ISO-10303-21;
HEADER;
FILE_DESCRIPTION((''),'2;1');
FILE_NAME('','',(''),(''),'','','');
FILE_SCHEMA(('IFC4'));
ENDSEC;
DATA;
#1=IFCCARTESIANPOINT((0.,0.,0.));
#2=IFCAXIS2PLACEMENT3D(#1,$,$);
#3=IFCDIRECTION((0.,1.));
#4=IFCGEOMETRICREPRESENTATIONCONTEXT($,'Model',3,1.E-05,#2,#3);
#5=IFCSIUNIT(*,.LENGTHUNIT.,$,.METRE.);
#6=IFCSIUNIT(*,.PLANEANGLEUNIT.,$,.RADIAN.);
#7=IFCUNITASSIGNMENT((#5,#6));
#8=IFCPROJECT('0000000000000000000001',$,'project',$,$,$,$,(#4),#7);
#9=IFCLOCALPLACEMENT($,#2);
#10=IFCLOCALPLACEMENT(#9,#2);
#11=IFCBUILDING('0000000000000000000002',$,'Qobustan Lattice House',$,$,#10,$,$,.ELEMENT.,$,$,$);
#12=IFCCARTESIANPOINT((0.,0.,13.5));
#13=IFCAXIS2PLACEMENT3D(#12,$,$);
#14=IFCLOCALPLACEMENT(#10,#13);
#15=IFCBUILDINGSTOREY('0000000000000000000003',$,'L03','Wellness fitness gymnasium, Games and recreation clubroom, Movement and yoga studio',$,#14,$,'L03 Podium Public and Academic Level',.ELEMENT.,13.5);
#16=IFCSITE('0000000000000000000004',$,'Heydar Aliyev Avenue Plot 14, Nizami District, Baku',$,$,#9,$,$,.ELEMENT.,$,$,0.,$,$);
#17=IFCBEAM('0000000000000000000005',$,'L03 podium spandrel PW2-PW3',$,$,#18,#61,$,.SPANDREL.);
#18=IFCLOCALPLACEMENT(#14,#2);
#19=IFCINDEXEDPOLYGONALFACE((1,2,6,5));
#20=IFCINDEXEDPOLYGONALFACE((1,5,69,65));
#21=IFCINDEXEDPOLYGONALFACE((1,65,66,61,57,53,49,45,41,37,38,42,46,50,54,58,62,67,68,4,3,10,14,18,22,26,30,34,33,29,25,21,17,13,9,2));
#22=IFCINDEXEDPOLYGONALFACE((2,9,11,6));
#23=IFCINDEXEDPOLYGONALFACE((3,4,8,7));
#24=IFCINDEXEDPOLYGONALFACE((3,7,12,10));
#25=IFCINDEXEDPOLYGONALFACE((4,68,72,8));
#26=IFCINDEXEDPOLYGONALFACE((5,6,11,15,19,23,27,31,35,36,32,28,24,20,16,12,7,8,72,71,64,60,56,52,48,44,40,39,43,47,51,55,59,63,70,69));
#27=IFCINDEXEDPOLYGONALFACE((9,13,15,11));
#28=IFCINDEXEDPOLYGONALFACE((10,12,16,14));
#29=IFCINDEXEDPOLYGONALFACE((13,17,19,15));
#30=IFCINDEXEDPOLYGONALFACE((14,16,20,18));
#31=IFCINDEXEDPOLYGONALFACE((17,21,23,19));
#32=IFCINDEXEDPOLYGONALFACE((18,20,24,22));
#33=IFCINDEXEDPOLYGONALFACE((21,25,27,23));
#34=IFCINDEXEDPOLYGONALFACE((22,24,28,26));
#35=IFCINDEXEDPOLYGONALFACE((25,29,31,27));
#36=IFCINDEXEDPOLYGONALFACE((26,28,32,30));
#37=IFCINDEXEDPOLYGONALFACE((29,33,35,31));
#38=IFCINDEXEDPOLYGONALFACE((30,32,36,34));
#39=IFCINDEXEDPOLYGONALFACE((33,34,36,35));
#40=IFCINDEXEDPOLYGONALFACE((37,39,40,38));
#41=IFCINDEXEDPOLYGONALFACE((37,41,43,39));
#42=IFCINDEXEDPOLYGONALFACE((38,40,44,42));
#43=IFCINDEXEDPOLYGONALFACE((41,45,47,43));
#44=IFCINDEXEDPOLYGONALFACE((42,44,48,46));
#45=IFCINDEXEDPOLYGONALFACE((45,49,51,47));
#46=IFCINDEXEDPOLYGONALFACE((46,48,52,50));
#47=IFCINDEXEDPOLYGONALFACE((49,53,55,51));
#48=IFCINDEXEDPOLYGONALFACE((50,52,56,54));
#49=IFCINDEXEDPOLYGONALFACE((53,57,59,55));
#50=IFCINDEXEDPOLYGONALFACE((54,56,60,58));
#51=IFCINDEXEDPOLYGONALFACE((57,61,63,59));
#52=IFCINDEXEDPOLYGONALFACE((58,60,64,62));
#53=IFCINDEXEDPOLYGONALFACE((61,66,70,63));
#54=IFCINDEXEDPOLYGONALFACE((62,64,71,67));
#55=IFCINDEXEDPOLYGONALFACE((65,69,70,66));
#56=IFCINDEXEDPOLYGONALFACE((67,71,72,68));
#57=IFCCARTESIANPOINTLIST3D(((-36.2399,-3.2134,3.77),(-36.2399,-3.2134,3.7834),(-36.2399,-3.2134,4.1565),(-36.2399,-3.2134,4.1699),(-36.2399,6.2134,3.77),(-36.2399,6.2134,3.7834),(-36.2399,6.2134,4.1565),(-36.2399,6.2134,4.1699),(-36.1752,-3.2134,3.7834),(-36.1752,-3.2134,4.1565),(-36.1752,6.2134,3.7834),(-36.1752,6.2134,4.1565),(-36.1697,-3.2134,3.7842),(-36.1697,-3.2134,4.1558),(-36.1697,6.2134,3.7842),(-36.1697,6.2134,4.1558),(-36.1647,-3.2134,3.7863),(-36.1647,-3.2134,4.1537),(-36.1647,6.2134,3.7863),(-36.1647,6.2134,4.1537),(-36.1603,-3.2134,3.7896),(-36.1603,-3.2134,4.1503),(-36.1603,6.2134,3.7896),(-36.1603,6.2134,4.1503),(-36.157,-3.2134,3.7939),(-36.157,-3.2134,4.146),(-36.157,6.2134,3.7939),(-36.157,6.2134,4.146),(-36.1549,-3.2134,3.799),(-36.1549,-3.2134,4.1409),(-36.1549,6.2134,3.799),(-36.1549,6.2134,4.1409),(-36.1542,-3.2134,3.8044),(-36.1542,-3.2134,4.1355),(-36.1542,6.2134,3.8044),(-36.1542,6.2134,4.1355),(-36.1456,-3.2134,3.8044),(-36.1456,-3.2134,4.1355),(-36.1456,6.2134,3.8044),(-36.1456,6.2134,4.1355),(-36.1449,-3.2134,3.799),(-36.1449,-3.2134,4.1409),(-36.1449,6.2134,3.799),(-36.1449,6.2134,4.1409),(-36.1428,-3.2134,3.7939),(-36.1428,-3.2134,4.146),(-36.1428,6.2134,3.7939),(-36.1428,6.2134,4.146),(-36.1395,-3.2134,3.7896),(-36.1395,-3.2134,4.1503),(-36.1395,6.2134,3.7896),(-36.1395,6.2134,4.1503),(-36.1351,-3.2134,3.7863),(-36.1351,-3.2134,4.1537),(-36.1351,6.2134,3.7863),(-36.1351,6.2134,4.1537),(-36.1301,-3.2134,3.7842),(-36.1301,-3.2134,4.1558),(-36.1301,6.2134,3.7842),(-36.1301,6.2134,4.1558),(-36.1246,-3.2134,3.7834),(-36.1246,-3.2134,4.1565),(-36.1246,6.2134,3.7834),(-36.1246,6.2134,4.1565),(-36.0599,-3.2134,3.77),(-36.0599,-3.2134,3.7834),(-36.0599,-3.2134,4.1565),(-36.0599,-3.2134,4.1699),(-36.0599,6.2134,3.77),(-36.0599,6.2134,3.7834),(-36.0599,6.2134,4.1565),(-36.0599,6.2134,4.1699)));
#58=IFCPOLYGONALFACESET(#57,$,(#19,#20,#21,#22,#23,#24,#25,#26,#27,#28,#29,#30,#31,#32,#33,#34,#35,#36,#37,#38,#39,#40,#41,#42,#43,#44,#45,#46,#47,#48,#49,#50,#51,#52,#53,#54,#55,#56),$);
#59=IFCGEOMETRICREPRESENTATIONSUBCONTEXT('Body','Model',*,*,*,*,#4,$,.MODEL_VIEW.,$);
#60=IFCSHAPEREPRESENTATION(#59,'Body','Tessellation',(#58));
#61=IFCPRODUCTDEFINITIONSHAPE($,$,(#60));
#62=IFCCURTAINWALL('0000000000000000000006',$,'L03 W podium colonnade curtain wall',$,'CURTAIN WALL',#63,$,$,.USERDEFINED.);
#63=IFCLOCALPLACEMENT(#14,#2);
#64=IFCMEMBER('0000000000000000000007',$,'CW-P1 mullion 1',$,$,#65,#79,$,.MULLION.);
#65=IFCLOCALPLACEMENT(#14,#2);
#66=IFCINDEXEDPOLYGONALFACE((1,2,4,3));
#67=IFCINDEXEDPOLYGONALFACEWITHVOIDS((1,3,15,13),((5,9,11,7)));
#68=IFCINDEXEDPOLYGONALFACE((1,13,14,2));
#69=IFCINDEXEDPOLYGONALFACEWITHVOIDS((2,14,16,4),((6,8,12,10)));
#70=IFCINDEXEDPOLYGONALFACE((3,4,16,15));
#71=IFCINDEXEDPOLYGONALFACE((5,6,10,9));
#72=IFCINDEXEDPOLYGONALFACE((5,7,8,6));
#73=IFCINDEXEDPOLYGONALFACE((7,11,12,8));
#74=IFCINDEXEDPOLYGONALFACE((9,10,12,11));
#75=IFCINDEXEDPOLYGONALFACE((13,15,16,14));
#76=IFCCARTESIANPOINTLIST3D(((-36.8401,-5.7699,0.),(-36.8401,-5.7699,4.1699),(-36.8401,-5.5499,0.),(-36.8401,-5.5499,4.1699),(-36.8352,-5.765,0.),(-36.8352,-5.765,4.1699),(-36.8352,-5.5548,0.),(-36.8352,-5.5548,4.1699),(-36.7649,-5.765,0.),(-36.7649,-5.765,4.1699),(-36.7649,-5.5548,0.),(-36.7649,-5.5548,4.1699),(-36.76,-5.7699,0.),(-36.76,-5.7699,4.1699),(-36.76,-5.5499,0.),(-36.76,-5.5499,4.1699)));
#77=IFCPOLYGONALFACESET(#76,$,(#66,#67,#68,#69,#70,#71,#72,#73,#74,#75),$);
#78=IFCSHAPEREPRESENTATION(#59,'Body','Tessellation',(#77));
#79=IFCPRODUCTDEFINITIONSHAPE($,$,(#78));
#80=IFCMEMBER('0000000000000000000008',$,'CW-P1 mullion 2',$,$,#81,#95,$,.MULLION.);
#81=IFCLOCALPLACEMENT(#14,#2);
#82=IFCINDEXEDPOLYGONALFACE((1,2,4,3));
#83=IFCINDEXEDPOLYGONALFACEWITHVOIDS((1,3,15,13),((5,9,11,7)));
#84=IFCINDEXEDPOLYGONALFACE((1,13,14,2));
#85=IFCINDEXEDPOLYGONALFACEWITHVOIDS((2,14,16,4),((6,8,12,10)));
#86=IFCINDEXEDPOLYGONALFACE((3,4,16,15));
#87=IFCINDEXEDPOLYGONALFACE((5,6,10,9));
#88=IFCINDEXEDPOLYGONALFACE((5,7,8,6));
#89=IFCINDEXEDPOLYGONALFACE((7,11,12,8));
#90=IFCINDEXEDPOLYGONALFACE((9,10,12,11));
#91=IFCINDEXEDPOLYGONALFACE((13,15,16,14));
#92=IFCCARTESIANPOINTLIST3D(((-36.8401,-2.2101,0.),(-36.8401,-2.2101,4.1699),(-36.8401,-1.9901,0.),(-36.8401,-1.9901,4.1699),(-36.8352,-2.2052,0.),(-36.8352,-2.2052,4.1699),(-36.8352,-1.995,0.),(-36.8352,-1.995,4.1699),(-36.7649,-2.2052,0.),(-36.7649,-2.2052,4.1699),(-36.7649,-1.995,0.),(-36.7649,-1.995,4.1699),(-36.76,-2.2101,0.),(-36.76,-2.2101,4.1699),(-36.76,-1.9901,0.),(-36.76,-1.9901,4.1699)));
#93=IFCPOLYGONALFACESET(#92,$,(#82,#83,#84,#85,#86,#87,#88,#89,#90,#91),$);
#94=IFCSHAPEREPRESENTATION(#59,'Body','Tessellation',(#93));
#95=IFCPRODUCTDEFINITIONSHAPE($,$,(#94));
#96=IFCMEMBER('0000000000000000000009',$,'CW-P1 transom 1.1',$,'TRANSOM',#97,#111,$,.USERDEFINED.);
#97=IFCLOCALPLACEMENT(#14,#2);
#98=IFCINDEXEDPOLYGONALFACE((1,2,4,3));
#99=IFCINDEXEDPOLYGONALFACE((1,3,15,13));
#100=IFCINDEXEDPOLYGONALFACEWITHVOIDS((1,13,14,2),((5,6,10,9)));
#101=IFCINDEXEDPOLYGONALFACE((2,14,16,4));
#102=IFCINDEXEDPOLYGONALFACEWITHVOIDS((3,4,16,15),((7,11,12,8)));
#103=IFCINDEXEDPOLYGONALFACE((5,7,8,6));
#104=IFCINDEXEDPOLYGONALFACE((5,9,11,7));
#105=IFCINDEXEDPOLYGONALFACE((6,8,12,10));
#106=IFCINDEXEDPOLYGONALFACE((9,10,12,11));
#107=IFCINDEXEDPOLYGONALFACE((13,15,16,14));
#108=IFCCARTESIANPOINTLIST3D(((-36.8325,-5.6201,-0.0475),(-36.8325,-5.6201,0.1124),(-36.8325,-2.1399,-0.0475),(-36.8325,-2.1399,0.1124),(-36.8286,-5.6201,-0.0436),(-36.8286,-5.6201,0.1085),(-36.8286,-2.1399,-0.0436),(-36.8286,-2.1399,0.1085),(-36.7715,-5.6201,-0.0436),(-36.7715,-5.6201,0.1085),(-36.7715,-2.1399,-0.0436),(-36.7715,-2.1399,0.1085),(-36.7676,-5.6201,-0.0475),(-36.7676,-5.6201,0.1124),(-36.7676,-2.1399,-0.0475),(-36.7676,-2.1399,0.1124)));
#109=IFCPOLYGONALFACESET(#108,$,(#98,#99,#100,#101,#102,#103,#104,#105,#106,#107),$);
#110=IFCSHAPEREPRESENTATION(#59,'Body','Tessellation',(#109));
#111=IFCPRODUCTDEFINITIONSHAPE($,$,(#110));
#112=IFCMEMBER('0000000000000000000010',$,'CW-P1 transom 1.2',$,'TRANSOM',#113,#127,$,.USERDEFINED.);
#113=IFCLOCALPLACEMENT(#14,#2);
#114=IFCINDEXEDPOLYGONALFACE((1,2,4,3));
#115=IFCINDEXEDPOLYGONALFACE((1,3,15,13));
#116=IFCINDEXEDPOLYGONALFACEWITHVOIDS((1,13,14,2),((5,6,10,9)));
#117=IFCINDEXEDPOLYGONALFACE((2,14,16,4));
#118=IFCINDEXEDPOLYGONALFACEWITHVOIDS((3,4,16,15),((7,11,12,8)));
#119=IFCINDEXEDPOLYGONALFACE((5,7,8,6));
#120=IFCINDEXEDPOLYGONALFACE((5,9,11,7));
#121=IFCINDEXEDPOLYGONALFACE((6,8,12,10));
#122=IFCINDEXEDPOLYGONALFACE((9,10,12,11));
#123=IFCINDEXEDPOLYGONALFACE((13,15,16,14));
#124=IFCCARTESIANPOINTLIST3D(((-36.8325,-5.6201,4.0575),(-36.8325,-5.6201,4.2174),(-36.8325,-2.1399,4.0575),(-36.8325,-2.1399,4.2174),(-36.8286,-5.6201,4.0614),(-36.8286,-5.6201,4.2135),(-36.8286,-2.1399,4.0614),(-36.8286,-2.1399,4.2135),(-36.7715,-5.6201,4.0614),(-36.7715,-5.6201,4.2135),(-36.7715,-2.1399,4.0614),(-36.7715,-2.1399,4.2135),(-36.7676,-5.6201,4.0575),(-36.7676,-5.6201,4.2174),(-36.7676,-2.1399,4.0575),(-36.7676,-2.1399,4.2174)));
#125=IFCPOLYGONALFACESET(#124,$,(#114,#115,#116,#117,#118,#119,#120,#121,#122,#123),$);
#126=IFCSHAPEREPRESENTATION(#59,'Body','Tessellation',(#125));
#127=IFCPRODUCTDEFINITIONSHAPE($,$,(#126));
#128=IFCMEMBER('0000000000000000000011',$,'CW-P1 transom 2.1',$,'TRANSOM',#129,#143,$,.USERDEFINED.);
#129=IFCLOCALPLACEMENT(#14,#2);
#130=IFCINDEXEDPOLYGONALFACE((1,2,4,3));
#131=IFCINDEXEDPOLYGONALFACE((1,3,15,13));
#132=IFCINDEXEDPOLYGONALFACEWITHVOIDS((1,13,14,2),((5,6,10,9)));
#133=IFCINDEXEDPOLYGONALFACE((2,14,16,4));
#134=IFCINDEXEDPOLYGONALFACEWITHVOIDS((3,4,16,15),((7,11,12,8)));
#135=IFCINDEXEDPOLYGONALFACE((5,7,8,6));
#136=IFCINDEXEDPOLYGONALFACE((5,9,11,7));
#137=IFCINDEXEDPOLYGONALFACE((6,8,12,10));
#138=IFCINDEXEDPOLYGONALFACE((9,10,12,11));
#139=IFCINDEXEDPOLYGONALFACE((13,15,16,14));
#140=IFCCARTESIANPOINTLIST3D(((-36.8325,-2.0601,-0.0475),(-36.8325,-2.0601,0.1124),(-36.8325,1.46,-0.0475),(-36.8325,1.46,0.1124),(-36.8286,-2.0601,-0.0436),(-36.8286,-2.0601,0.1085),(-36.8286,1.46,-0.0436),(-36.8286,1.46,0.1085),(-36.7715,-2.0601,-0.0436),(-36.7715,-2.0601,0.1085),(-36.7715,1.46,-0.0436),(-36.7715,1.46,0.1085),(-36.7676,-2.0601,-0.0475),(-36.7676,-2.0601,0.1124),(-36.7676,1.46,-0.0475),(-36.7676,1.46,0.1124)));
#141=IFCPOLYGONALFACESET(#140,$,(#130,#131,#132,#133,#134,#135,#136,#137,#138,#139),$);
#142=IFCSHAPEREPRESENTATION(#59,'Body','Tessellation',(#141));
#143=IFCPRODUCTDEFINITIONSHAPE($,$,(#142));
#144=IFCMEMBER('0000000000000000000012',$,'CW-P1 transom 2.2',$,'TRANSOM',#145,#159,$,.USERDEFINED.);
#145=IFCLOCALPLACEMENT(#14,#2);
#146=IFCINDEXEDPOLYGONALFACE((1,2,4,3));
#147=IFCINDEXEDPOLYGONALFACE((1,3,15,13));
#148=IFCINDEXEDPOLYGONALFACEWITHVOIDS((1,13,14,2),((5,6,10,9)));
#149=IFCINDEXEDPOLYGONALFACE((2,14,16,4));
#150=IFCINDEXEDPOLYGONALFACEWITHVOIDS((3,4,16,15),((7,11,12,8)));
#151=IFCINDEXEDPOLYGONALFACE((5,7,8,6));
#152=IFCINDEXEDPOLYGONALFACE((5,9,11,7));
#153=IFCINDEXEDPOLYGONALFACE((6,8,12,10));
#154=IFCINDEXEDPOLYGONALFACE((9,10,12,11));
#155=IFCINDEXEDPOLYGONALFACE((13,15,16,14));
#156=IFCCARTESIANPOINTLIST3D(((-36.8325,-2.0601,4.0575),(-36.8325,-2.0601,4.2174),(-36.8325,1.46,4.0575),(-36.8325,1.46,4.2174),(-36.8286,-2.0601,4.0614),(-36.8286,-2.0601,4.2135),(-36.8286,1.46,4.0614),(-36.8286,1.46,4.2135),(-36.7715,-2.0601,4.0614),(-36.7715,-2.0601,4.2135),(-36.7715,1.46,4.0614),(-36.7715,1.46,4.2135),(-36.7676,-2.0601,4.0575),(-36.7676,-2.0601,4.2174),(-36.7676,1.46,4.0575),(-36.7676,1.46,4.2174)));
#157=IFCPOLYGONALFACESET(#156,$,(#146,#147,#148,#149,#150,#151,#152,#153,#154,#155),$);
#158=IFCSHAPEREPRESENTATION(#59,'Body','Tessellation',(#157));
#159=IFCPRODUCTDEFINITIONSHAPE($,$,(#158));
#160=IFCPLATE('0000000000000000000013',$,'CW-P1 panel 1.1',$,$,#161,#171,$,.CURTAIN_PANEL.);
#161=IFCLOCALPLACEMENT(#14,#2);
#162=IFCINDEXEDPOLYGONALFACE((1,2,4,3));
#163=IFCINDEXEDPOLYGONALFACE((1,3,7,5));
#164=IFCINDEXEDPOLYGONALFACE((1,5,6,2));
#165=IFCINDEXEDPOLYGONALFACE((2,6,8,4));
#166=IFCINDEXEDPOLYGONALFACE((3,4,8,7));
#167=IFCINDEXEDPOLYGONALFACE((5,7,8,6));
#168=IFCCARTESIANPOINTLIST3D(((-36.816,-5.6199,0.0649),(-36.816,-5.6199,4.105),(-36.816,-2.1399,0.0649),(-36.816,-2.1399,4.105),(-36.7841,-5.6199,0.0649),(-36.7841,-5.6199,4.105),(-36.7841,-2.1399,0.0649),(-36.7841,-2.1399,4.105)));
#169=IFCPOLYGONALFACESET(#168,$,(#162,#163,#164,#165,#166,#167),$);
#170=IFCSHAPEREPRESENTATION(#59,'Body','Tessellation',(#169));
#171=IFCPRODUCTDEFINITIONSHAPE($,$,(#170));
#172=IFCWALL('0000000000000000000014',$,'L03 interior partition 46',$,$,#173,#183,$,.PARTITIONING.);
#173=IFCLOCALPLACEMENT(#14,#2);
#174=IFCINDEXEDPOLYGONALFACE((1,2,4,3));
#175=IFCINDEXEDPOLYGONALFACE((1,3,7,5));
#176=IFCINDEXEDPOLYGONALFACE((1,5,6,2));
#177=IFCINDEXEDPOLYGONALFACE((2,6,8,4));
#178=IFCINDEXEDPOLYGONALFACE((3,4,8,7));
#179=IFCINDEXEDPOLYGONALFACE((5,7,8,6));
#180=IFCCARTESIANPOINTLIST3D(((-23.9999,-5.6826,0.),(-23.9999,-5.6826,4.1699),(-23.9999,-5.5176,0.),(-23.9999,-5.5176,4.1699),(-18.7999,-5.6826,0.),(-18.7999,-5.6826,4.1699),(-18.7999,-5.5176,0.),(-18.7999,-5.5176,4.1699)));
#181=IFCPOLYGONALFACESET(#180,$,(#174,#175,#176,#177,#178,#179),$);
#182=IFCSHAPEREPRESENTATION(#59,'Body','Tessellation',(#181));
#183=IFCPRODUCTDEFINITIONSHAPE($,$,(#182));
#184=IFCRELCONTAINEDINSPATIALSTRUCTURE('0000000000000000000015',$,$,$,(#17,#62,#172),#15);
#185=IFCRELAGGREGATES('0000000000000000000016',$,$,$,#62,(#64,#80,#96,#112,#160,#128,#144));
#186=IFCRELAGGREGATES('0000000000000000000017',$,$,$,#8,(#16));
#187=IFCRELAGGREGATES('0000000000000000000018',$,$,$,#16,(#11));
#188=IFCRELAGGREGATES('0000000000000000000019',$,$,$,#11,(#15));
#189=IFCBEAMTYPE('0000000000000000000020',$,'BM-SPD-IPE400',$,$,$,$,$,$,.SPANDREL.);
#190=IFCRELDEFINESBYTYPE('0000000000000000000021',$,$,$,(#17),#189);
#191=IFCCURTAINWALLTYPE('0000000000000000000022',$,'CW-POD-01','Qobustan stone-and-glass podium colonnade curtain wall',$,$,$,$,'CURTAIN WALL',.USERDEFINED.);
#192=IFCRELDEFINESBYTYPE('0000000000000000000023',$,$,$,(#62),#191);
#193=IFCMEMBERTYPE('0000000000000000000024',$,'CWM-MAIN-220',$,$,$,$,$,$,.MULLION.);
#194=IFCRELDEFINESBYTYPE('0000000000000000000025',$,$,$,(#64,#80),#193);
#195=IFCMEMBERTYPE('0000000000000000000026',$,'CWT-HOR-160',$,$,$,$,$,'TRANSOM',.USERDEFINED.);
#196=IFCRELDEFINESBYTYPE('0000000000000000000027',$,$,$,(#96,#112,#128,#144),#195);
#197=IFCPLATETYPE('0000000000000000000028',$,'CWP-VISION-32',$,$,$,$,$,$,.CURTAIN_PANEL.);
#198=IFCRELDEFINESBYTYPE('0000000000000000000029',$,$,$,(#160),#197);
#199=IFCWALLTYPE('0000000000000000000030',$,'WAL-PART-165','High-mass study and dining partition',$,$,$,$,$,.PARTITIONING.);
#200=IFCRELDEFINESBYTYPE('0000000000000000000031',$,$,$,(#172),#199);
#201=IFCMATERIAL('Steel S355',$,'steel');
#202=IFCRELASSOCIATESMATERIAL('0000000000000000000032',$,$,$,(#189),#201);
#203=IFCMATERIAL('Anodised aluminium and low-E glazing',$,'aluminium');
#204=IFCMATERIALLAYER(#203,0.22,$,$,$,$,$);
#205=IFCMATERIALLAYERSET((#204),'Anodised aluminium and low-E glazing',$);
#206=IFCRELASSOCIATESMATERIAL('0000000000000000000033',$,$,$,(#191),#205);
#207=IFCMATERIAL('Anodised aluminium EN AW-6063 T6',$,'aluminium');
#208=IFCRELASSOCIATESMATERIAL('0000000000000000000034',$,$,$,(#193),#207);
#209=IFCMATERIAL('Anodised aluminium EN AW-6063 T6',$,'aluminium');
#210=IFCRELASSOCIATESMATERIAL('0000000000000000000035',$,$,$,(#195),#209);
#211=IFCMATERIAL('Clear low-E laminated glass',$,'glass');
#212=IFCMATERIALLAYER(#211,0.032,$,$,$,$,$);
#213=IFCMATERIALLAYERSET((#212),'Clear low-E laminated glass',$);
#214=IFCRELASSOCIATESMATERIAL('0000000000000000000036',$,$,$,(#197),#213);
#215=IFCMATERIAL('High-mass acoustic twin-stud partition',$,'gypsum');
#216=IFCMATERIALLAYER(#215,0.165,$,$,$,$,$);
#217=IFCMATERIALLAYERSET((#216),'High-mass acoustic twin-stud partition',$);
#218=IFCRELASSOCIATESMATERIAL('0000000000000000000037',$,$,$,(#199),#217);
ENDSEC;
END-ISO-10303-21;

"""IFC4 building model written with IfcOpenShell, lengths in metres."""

from ifc_helpers import new_model, si_unit, direction, frame, frame_2d, origin, origin_2d, place, context, subcontext, project, spatial, rectangle, hollow_rectangle, i_section, extrude, material, layer, layer_set, material_profile, profile_set, type_object, element, aggregate, save


model = new_model("IFC4")

# Units and contexts
model_context = context("Model", 3, precision=1e-05, world=origin(), true_north=direction((0.0, 1.0)))
body_context = subcontext(model_context, "Body", "Model", "MODEL_VIEW")
ifc_project = project(units=[si_unit("LENGTHUNIT", "METRE"), si_unit("PLANEANGLEUNIT", "RADIAN")], contexts=[model_context])

# Site, building, storey
site_placement = place(None, origin())
site = spatial("IfcSite", under=ifc_project, at=site_placement, Name="Heydar Aliyev Avenue Plot 14, Nizami District, Baku", CompositionType="ELEMENT", RefElevation=0.0)
building_placement = place(site_placement, origin())
building = spatial("IfcBuilding", under=site, at=building_placement, Name="Qobustan Lattice House", CompositionType="ELEMENT")
storey_placement = place(building_placement, frame((0.0, 0.0, 13.5)))
storey = spatial("IfcBuildingStorey", under=building, at=storey_placement, Name="L03", Description="Wellness fitness gymnasium, Games and recreation clubroom, Movement and yoga studio", LongName="L03 Podium Public and Academic Level", CompositionType="ELEMENT", Elevation=13.5)

# Beam
ifc_material_1 = material(Name="Steel S355", Category="steel")
ifc_material_profile_1 = material_profile(ifc_material_1, i_section(OverallWidth=0.1799, OverallDepth=0.3999, WebThickness=0.0085, FlangeThickness=0.0134, FilletRadius=0.021, at=origin_2d()), Name="IPE400")
ifc_profile_set_1 = profile_set([ifc_material_profile_1], Name="Steel S355")
beam_type_1 = type_object("IfcBeamType", Name="BM-SPD-IPE400", PredefinedType="SPANDREL", material=ifc_profile_set_1)
beam_1_placement = place(storey_placement, frame((-36.1499, -3.2134, 3.97), z_axis=(0.0, 1.0, 0.0), x_axis=(-1.0, 0.0, 0.0)))
element("IfcBeam", 1, at=beam_1_placement, inside=storey, type_object=beam_type_1, Name="L03 podium spandrel PW2-PW3", PredefinedType="SPANDREL", context=body_context, shape_type="SweptSolid", body=[
    extrude(i_section(OverallWidth=0.1799, OverallDepth=0.3999, WebThickness=0.0085, FlangeThickness=0.0134, FilletRadius=0.021, at=origin_2d()), origin(), (0.0, 0.0, 1.0), 9.4268),
])

# Curtain wall, members, plate
ifc_material_2 = material(Name="Anodised aluminium and low-E glazing", Category="aluminium")
ifc_layer_1 = layer(ifc_material_2, 0.22)
ifc_layer_set_1 = layer_set([ifc_layer_1], Name="Anodised aluminium and low-E glazing")
curtain_wall_type = type_object("IfcCurtainWallType", Name="CW-POD-01", Description="Qobustan stone-and-glass podium colonnade curtain wall", ElementType="CURTAIN WALL", PredefinedType="USERDEFINED", material=ifc_layer_set_1)
curtain_wall_placement = place(storey_placement, origin())
curtain_wall = element("IfcCurtainWall", 2, at=curtain_wall_placement, inside=storey, type_object=curtain_wall_type, Name="L03 W podium colonnade curtain wall", ObjectType="CURTAIN WALL", PredefinedType="USERDEFINED")
ifc_material_3 = material(Name="Anodised aluminium EN AW-6063 T6", Category="aluminium")
ifc_material_profile_2 = material_profile(ifc_material_3, hollow_rectangle(XDim=0.0801, YDim=0.22, WallThickness=0.0049, at=origin_2d()), Name="CWM-220x80")
ifc_profile_set_2 = profile_set([ifc_material_profile_2], Name="Anodised aluminium EN AW-6063 T6")
member_type_1 = type_object("IfcMemberType", Name="CWM-MAIN-220", PredefinedType="MULLION", material=ifc_profile_set_2)
member_1_placement = place(storey_placement, frame((-36.8, -5.6599, 0.0), z_axis=(0.0, 0.0, 1.0), x_axis=(-1.0, 0.0, 0.0)))
member_1 = element("IfcMember", 3, at=member_1_placement, type_object=member_type_1, Name="CW-P1 mullion 1", PredefinedType="MULLION", context=body_context, shape_type="SweptSolid", body=[
    extrude(hollow_rectangle(XDim=0.0801, YDim=0.22, WallThickness=0.0049, at=origin_2d()), origin(), (0.0, 0.0, 1.0), 4.1699),
])
member_2_placement = place(storey_placement, frame((-36.8, -2.1001, 0.0), z_axis=(0.0, 0.0, 1.0), x_axis=(-1.0, 0.0, 0.0)))
member_2 = element("IfcMember", 4, at=member_2_placement, type_object=member_type_1, Name="CW-P1 mullion 2", PredefinedType="MULLION", context=body_context, shape_type="SweptSolid", body=[
    extrude(hollow_rectangle(XDim=0.0801, YDim=0.22, WallThickness=0.0049, at=origin_2d()), origin(), (0.0, 0.0, 1.0), 4.1699),
])
ifc_material_4 = material(Name="Anodised aluminium EN AW-6063 T6", Category="aluminium")
ifc_material_profile_3 = material_profile(ifc_material_4, hollow_rectangle(XDim=0.0649, YDim=0.1599, WallThickness=0.0039, at=origin_2d()), Name="CWT-160x65")
ifc_profile_set_3 = profile_set([ifc_material_profile_3], Name="Anodised aluminium EN AW-6063 T6")
member_type_2 = type_object("IfcMemberType", Name="CWT-HOR-160", ElementType="TRANSOM", PredefinedType="USERDEFINED", material=ifc_profile_set_3)
member_3_placement = place(storey_placement, frame((-36.8, -5.6201, 0.0325), z_axis=(0.0, 1.0, 0.0), x_axis=(-1.0, 0.0, 0.0)))
member_3 = element("IfcMember", 5, at=member_3_placement, type_object=member_type_2, Name="CW-P1 transom 1.1", ObjectType="TRANSOM", PredefinedType="USERDEFINED", context=body_context, shape_type="SweptSolid", body=[
    extrude(hollow_rectangle(XDim=0.0649, YDim=0.1599, WallThickness=0.0039, at=origin_2d()), origin(), (0.0, 0.0, 1.0), 3.4802),
])
member_4_placement = place(storey_placement, frame((-36.8, -5.6201, 4.1375), z_axis=(0.0, 1.0, 0.0), x_axis=(-1.0, 0.0, 0.0)))
member_4 = element("IfcMember", 6, at=member_4_placement, type_object=member_type_2, Name="CW-P1 transom 1.2", ObjectType="TRANSOM", PredefinedType="USERDEFINED", context=body_context, shape_type="SweptSolid", body=[
    extrude(hollow_rectangle(XDim=0.0649, YDim=0.1599, WallThickness=0.0039, at=origin_2d()), origin(), (0.0, 0.0, 1.0), 3.4802),
])
member_5_placement = place(storey_placement, frame((-36.8, -2.0601, 0.0325), z_axis=(0.0, 1.0, 0.0), x_axis=(-1.0, 0.0, 0.0)))
member_5 = element("IfcMember", 7, at=member_5_placement, type_object=member_type_2, Name="CW-P1 transom 2.1", ObjectType="TRANSOM", PredefinedType="USERDEFINED", context=body_context, shape_type="SweptSolid", body=[
    extrude(hollow_rectangle(XDim=0.0649, YDim=0.1599, WallThickness=0.0039, at=origin_2d()), origin(), (0.0, 0.0, 1.0), 3.52),
])
member_6_placement = place(storey_placement, frame((-36.8, -2.0601, 4.1375), z_axis=(0.0, 1.0, 0.0), x_axis=(-1.0, 0.0, 0.0)))
member_6 = element("IfcMember", 8, at=member_6_placement, type_object=member_type_2, Name="CW-P1 transom 2.2", ObjectType="TRANSOM", PredefinedType="USERDEFINED", context=body_context, shape_type="SweptSolid", body=[
    extrude(hollow_rectangle(XDim=0.0649, YDim=0.1599, WallThickness=0.0039, at=origin_2d()), origin(), (0.0, 0.0, 1.0), 3.52),
])
ifc_material_5 = material(Name="Clear low-E laminated glass", Category="glass")
ifc_layer_2 = layer(ifc_material_5, 0.032)
ifc_layer_set_2 = layer_set([ifc_layer_2], Name="Clear low-E laminated glass")
plate_type = type_object("IfcPlateType", Name="CWP-VISION-32", PredefinedType="CURTAIN_PANEL", material=ifc_layer_set_2)
plate_placement = place(storey_placement, frame((-36.8, -3.8799, 0.0649), z_axis=(0.0, 0.0, 1.0), x_axis=(0.0, 1.0, 0.0)))
plate = element("IfcPlate", 9, at=plate_placement, type_object=plate_type, Name="CW-P1 panel 1.1", PredefinedType="CURTAIN_PANEL", context=body_context, shape_type="SweptSolid", body=[
    extrude(rectangle(XDim=3.48, YDim=0.032, at=origin_2d()), origin(), (0.0, 0.0, 1.0), 4.04),
])
aggregate(curtain_wall, [member_1, member_2, member_3, member_4, plate, member_5, member_6])

# Wall
ifc_material_6 = material(Name="High-mass acoustic twin-stud partition", Category="gypsum")
ifc_layer_3 = layer(ifc_material_6, 0.165)
ifc_layer_set_3 = layer_set([ifc_layer_3], Name="High-mass acoustic twin-stud partition")
wall_type = type_object("IfcWallType", Name="WAL-PART-165", Description="High-mass study and dining partition", PredefinedType="PARTITIONING", material=ifc_layer_set_3)
wall_1_placement = place(storey_placement, frame((-24.0, -5.6001, 0.0), z_axis=(0.0, 0.0, 1.0), x_axis=(1.0, 0.0, 0.0)))
element("IfcWall", 10, at=wall_1_placement, inside=storey, type_object=wall_type, Name="L03 interior partition 46", PredefinedType="PARTITIONING", context=body_context, shape_type="SweptSolid", body=[
    extrude(rectangle(XDim=5.2, YDim=0.165, at=frame_2d((2.6001, 0.0))), origin(), (0.0, 0.0, 1.0), 4.1699),
])

save(model, "model.ifc")
